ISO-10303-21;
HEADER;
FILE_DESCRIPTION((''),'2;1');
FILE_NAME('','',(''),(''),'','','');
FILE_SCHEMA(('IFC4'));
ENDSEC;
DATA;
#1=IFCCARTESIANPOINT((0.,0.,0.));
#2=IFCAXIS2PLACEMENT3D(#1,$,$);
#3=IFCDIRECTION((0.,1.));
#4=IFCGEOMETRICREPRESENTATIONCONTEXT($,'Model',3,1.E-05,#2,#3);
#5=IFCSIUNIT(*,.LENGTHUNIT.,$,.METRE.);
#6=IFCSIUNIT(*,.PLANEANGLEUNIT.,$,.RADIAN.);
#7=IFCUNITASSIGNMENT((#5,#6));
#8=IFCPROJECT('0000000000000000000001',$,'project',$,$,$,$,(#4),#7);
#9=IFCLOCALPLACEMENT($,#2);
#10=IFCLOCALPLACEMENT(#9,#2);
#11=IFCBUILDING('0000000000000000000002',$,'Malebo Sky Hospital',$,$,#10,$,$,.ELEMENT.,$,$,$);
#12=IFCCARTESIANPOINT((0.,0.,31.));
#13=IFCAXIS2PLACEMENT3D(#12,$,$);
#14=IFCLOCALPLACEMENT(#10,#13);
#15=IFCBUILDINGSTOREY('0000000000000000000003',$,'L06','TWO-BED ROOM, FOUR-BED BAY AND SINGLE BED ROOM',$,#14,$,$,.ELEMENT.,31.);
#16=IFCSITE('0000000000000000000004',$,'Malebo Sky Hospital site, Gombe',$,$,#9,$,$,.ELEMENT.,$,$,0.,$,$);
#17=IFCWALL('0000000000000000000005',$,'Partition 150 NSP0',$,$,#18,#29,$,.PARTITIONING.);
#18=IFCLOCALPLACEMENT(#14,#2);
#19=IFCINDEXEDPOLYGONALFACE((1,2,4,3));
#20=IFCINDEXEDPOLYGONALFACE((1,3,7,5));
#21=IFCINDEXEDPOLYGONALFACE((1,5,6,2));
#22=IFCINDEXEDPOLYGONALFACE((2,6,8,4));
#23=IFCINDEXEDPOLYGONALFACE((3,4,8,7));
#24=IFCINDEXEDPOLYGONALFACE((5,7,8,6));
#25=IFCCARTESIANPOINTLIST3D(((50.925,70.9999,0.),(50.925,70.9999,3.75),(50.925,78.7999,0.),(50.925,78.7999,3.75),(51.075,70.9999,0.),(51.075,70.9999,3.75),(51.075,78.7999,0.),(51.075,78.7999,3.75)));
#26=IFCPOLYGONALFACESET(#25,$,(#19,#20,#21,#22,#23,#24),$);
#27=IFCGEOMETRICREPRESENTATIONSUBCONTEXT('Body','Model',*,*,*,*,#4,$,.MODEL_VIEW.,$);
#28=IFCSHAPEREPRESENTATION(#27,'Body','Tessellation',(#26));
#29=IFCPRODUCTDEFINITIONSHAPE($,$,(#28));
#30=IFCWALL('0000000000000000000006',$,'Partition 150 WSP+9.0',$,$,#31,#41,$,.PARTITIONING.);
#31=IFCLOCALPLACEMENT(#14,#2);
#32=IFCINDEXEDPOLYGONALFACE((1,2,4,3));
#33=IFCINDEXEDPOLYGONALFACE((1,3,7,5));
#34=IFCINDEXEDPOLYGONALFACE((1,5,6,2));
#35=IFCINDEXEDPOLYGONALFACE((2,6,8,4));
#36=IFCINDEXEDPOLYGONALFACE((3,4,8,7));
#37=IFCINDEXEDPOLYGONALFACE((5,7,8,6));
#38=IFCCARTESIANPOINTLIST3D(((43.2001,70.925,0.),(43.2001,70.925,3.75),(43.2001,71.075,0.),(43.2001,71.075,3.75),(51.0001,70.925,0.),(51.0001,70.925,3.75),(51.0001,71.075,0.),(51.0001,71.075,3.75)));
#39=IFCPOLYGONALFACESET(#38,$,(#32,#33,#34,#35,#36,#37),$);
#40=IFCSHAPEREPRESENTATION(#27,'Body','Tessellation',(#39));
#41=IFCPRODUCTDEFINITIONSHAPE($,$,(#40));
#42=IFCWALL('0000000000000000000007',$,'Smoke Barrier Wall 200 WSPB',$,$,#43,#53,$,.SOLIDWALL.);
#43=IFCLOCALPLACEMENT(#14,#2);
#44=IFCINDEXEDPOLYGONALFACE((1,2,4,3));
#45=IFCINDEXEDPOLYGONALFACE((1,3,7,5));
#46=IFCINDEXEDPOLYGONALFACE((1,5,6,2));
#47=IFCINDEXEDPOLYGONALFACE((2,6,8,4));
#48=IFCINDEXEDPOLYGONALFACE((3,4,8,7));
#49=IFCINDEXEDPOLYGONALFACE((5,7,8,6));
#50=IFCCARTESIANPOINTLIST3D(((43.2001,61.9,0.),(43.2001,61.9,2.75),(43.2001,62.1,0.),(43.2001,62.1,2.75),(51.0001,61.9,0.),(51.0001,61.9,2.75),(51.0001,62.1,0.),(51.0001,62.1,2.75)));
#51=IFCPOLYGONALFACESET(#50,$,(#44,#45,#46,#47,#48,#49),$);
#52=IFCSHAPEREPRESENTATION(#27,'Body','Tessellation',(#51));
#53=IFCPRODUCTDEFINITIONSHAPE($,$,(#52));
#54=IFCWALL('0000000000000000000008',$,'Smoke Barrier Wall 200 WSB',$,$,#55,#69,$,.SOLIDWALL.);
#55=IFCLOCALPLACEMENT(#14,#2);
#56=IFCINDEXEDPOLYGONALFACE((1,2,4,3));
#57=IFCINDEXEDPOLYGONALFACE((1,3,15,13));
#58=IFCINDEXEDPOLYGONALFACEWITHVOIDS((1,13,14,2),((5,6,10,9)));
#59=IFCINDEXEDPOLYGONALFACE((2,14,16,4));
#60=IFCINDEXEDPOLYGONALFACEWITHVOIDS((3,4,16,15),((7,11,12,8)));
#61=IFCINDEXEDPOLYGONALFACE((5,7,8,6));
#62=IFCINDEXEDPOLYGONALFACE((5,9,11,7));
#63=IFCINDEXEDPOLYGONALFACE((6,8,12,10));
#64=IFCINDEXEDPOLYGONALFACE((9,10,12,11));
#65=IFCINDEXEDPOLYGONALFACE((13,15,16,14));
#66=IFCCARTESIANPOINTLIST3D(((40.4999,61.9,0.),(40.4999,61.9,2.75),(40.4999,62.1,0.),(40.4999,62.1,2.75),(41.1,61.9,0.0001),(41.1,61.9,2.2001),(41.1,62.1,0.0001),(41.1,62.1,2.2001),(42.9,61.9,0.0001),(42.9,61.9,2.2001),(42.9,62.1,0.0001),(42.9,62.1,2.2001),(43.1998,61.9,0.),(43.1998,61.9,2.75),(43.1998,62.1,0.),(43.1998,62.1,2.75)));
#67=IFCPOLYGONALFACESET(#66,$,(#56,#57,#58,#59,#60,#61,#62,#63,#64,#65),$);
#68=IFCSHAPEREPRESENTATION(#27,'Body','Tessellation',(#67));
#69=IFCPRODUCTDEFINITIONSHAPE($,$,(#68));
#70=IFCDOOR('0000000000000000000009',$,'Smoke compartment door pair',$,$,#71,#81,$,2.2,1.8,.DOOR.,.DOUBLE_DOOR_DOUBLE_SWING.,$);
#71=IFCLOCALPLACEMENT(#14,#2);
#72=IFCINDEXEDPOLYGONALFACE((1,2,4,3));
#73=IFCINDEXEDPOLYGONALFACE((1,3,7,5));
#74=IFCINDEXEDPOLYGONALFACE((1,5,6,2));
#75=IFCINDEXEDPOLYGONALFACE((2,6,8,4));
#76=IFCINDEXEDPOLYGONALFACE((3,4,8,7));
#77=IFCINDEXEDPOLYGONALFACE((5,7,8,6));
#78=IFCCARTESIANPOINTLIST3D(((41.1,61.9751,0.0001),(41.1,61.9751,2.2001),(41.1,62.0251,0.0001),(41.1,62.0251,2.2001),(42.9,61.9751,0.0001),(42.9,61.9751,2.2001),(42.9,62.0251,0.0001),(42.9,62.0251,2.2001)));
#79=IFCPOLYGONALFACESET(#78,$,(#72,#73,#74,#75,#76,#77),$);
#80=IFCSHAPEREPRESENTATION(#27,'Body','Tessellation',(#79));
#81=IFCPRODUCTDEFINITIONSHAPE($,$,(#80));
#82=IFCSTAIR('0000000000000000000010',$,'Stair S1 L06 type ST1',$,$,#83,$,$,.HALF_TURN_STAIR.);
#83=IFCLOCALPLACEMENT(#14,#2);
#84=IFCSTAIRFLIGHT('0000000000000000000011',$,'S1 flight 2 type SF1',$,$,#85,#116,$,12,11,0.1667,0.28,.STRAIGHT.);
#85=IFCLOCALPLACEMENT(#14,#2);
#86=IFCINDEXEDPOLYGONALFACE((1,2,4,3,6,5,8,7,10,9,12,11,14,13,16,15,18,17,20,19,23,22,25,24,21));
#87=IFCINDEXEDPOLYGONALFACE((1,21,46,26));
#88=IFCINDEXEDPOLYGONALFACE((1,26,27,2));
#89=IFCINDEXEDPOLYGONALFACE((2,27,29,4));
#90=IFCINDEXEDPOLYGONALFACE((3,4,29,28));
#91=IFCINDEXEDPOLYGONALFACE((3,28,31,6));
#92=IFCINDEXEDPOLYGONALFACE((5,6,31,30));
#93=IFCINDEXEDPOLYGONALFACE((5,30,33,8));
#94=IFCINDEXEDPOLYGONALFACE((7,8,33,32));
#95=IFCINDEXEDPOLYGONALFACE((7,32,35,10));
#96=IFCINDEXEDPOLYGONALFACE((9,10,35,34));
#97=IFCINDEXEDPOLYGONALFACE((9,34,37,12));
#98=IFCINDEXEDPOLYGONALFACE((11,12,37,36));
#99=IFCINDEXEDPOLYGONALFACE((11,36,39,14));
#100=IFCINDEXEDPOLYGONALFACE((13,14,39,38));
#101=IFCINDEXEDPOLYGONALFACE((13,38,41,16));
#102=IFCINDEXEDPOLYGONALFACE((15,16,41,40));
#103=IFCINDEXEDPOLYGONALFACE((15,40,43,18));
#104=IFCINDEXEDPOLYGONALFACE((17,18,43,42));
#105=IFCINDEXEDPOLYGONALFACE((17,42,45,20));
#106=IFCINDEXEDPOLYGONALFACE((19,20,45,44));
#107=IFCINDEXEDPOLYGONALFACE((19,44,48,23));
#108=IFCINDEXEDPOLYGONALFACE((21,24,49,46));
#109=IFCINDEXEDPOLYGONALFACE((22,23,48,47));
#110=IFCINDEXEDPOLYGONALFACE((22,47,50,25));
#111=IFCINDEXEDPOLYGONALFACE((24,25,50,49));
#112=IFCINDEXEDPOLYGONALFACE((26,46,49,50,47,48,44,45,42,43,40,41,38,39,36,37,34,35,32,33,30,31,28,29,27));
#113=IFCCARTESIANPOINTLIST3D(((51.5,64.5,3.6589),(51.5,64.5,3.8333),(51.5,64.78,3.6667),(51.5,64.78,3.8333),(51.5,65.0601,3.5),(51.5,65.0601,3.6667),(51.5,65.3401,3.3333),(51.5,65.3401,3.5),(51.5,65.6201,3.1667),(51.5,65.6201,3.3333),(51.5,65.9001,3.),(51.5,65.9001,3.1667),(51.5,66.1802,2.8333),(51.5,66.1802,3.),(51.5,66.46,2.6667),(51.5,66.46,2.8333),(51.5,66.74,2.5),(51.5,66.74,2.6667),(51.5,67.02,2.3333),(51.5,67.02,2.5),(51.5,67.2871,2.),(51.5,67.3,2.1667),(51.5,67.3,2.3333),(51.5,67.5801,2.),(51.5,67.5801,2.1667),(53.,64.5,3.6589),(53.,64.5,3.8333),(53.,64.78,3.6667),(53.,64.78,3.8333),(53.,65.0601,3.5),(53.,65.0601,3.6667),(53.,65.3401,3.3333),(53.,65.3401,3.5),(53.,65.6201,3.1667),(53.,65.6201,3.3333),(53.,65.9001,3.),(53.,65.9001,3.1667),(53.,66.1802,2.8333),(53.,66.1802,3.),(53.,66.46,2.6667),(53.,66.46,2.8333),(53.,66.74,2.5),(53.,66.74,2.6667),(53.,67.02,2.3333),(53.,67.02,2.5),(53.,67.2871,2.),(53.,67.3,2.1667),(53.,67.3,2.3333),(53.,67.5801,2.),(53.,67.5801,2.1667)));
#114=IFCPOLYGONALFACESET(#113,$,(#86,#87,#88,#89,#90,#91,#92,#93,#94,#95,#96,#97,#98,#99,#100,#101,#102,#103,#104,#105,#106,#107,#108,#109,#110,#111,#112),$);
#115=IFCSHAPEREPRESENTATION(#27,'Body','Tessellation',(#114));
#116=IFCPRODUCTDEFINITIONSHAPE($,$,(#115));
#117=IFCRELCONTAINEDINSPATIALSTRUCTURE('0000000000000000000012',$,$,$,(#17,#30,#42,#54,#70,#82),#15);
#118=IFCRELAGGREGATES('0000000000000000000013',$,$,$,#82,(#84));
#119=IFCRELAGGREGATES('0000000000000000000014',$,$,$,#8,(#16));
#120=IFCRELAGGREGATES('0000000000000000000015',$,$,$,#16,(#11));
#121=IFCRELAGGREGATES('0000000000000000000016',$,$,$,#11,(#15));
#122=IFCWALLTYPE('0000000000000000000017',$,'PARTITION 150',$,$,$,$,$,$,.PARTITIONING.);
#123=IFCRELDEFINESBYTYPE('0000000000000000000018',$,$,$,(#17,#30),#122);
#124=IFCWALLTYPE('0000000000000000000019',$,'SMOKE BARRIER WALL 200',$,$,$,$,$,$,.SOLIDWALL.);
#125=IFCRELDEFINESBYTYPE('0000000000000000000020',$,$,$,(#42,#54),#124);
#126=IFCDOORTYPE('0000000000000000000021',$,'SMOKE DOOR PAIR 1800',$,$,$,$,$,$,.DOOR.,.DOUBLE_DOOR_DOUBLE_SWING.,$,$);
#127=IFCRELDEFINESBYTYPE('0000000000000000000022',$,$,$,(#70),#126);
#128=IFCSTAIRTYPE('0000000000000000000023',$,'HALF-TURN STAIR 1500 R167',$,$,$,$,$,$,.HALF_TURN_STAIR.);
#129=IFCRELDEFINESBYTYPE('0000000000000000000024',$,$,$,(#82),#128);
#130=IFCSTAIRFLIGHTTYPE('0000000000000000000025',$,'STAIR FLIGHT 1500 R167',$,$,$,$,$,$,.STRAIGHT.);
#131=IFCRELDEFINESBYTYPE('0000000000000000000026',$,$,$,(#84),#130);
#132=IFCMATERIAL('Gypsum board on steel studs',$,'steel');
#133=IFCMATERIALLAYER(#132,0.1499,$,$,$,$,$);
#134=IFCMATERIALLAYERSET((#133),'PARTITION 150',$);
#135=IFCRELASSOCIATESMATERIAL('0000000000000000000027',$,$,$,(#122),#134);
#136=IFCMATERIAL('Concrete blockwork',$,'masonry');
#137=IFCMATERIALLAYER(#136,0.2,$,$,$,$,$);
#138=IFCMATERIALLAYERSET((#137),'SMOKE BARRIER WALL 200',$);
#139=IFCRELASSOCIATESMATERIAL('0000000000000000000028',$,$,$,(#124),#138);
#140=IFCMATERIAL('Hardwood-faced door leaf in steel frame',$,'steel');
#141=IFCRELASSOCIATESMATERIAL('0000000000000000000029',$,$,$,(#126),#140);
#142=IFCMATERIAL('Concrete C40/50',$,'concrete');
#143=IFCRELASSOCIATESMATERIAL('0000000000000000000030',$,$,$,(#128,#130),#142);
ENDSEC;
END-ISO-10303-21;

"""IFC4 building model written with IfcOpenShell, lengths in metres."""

from ifc_helpers import new_model, si_unit, direction, frame, frame_2d, origin, place, context, subcontext, project, spatial, polyline, rectangle, outline, extrude, material, layer, layer_set, type_object, element, fill, aggregate, save


model = new_model("IFC4")

# Units and contexts
model_context = context("Model", 3, precision=1e-05, world=origin(), true_north=direction((0.0, 1.0)))
body_context = subcontext(model_context, "Body", "Model", "MODEL_VIEW")
ifc_project = project(units=[si_unit("LENGTHUNIT", "METRE"), si_unit("PLANEANGLEUNIT", "RADIAN")], contexts=[model_context])

# Site, building, storey
site_placement = place(None, origin())
site = spatial("IfcSite", under=ifc_project, at=site_placement, Name="Malebo Sky Hospital site, Gombe", CompositionType="ELEMENT", RefElevation=0.0)
building_placement = place(site_placement, origin())
building = spatial("IfcBuilding", under=site, at=building_placement, Name="Malebo Sky Hospital", CompositionType="ELEMENT")
storey_placement = place(building_placement, frame((0.0, 0.0, 31.0)))
storey = spatial("IfcBuildingStorey", under=building, at=storey_placement, Name="L06", Description="TWO-BED ROOM, FOUR-BED BAY AND SINGLE BED ROOM", CompositionType="ELEMENT", Elevation=31.0)

# Shared definitions
ifc_material_1 = material(Name="Hardwood-faced door leaf in steel frame", Category="steel")

# Shared definitions
ifc_material_2 = material(Name="Gypsum board on steel studs", Category="steel")

# Walls
ifc_layer_1 = layer(ifc_material_2, 0.1499)
ifc_layer_set_1 = layer_set([ifc_layer_1], Name="PARTITION 150")
wall_type_1 = type_object("IfcWallType", Name="PARTITION 150", PredefinedType="PARTITIONING", material=ifc_layer_set_1)
for number, where, z_axis, x_axis, name in (
    (1, (51.0, 71.0, 0.0), (0.0, 0.0, 1.0), (0.0, 1.0, 0.0), "Partition 150 NSP0"),
    (2, (51.0, 71.0, 0.0), (0.0, 0.0, 1.0), (-1.0, 0.0, 0.0), "Partition 150 WSP+9.0"),
):
    element("IfcWall", number, at=place(storey_placement, frame(where, z_axis=z_axis, x_axis=x_axis)), inside=storey, type_object=wall_type_1, Name=name, PredefinedType="PARTITIONING", context=body_context, shape_type="SweptSolid", body=[
        extrude(rectangle(XDim=7.8, YDim=0.1499, at=frame_2d((3.8999, 0.0))), origin(), (0.0, 0.0, 1.0), 3.75),
    ])
ifc_material_3 = material(Name="Concrete blockwork", Category="masonry")
ifc_layer_2 = layer(ifc_material_3, 0.2)
ifc_layer_set_2 = layer_set([ifc_layer_2], Name="SMOKE BARRIER WALL 200")
wall_type_2 = type_object("IfcWallType", Name="SMOKE BARRIER WALL 200", PredefinedType="SOLIDWALL", material=ifc_layer_set_2)
wall_1_placement = place(storey_placement, frame((51.0, 62.0, 0.0), z_axis=(0.0, 0.0, 1.0), x_axis=(-1.0, 0.0, 0.0)))
element("IfcWall", 3, at=wall_1_placement, inside=storey, type_object=wall_type_2, Name="Smoke Barrier Wall 200 WSPB", PredefinedType="SOLIDWALL", context=body_context, shape_type="SweptSolid", body=[
    extrude(rectangle(XDim=7.8, YDim=0.2, at=frame_2d((3.8999, 0.0))), origin(), (0.0, 0.0, 1.0), 2.75),
])

# Wall, opening, door
wall_2_placement = place(storey_placement, frame((43.2, 62.0, 0.0), z_axis=(0.0, 0.0, 1.0), x_axis=(-1.0, 0.0, 0.0)))
wall_2 = element("IfcWall", 4, at=wall_2_placement, inside=storey, type_object=wall_type_2, Name="Smoke Barrier Wall 200 WSB", PredefinedType="SOLIDWALL", context=body_context, shape_type="SweptSolid", body=[
    extrude(rectangle(XDim=2.7, YDim=0.2, at=frame_2d((1.3501, 0.0))), origin(), (0.0, 0.0, 1.0), 2.75),
])
opening_1_placement = place(wall_2_placement, frame((0.3, 0.0, 0.0)))
opening_1 = element("IfcOpeningElement", 5, at=opening_1_placement, cuts=wall_2, PredefinedType="OPENING", context=body_context, shape_type="SweptSolid", body=[
    extrude(rectangle(XDim=1.8, YDim=2.2, at=frame_2d((0.8999, 1.1001))), frame((0.0, 0.1099, 0.0), z_axis=(0.0, -1.0, 0.0), x_axis=(1.0, 0.0, 0.0)), (0.0, 0.0, 1.0), 0.22),
])
door_type_1 = type_object("IfcDoorType", Name="SMOKE DOOR PAIR 1800", OperationType="DOUBLE_DOOR_DOUBLE_SWING", PredefinedType="DOOR", material=ifc_material_1)
door_1_placement = place(opening_1_placement, origin())
door_1 = element("IfcDoor", 6, at=door_1_placement, inside=storey, type_object=door_type_1, Name="Smoke compartment door pair", OperationType="DOUBLE_DOOR_DOUBLE_SWING", OverallHeight=2.2, OverallWidth=1.8, PredefinedType="DOOR", context=body_context, shape_type="SweptSolid", body=[
    extrude(rectangle(XDim=1.8, YDim=2.2, at=frame_2d((0.8999, 1.1001))), frame((0.0, 0.0249, 0.0), z_axis=(0.0, -1.0, 0.0), x_axis=(1.0, 0.0, 0.0)), (0.0, 0.0, 1.0), 0.05),
])
fill(opening_1, door_1)

# Stair, stair flight
ifc_material_4 = material(Name="Concrete C40/50", Category="concrete")
stair_type = type_object("IfcStairType", Name="HALF-TURN STAIR 1500 R167", PredefinedType="HALF_TURN_STAIR", material=ifc_material_4)
stair_placement = place(storey_placement, origin())
stair = element("IfcStair", 7, at=stair_placement, inside=storey, type_object=stair_type, Name="Stair S1 L06 type ST1", PredefinedType="HALF_TURN_STAIR")
stair_flight_type = type_object("IfcStairFlightType", Name="STAIR FLIGHT 1500 R167", PredefinedType="STRAIGHT", material=ifc_material_4)
stair_flight_placement = place(storey_placement, frame((52.25, 67.5801, 2.0), z_axis=(0.0, 0.0, 1.0), x_axis=(0.0, -1.0, 0.0)))
stair_flight = element("IfcStairFlight", 8, at=stair_flight_placement, type_object=stair_flight_type, Name="S1 flight 2 type SF1", NumberOfRisers=12, NumberOfTreads=11, PredefinedType="STRAIGHT", RiserHeight=0.1667, TreadLength=0.28, context=body_context, shape_type="SweptSolid", body=[
    extrude(outline(polyline([(0.0, 0.0), (0.0, 0.1667), (0.28, 0.1667), (0.28, 0.3333), (0.5601, 0.3333), (0.5601, 0.5), (0.8401, 0.5), (0.8401, 0.6667), (1.1201, 0.6667), (1.1201, 0.8333), (1.3999, 0.8333), (1.3999, 1.0), (1.6799, 1.0), (1.6799, 1.1667), (1.96, 1.1667), (1.96, 1.3333), (2.24, 1.3333), (2.24, 1.5), (2.52, 1.5), (2.52, 1.6667), (2.8, 1.6667), (2.8, 1.8333), (3.0801, 1.8333), (3.0801, 2.0), (3.0801, 1.6589), (0.293, 0.0), (0.0, 0.0)])), frame((0.0, 0.75, 0.0), z_axis=(0.0, -1.0, 0.0), x_axis=(1.0, 0.0, 0.0)), (0.0, 0.0, 1.0), 1.5),
])
aggregate(stair, [stair_flight])

save(model, "model.ifc")
